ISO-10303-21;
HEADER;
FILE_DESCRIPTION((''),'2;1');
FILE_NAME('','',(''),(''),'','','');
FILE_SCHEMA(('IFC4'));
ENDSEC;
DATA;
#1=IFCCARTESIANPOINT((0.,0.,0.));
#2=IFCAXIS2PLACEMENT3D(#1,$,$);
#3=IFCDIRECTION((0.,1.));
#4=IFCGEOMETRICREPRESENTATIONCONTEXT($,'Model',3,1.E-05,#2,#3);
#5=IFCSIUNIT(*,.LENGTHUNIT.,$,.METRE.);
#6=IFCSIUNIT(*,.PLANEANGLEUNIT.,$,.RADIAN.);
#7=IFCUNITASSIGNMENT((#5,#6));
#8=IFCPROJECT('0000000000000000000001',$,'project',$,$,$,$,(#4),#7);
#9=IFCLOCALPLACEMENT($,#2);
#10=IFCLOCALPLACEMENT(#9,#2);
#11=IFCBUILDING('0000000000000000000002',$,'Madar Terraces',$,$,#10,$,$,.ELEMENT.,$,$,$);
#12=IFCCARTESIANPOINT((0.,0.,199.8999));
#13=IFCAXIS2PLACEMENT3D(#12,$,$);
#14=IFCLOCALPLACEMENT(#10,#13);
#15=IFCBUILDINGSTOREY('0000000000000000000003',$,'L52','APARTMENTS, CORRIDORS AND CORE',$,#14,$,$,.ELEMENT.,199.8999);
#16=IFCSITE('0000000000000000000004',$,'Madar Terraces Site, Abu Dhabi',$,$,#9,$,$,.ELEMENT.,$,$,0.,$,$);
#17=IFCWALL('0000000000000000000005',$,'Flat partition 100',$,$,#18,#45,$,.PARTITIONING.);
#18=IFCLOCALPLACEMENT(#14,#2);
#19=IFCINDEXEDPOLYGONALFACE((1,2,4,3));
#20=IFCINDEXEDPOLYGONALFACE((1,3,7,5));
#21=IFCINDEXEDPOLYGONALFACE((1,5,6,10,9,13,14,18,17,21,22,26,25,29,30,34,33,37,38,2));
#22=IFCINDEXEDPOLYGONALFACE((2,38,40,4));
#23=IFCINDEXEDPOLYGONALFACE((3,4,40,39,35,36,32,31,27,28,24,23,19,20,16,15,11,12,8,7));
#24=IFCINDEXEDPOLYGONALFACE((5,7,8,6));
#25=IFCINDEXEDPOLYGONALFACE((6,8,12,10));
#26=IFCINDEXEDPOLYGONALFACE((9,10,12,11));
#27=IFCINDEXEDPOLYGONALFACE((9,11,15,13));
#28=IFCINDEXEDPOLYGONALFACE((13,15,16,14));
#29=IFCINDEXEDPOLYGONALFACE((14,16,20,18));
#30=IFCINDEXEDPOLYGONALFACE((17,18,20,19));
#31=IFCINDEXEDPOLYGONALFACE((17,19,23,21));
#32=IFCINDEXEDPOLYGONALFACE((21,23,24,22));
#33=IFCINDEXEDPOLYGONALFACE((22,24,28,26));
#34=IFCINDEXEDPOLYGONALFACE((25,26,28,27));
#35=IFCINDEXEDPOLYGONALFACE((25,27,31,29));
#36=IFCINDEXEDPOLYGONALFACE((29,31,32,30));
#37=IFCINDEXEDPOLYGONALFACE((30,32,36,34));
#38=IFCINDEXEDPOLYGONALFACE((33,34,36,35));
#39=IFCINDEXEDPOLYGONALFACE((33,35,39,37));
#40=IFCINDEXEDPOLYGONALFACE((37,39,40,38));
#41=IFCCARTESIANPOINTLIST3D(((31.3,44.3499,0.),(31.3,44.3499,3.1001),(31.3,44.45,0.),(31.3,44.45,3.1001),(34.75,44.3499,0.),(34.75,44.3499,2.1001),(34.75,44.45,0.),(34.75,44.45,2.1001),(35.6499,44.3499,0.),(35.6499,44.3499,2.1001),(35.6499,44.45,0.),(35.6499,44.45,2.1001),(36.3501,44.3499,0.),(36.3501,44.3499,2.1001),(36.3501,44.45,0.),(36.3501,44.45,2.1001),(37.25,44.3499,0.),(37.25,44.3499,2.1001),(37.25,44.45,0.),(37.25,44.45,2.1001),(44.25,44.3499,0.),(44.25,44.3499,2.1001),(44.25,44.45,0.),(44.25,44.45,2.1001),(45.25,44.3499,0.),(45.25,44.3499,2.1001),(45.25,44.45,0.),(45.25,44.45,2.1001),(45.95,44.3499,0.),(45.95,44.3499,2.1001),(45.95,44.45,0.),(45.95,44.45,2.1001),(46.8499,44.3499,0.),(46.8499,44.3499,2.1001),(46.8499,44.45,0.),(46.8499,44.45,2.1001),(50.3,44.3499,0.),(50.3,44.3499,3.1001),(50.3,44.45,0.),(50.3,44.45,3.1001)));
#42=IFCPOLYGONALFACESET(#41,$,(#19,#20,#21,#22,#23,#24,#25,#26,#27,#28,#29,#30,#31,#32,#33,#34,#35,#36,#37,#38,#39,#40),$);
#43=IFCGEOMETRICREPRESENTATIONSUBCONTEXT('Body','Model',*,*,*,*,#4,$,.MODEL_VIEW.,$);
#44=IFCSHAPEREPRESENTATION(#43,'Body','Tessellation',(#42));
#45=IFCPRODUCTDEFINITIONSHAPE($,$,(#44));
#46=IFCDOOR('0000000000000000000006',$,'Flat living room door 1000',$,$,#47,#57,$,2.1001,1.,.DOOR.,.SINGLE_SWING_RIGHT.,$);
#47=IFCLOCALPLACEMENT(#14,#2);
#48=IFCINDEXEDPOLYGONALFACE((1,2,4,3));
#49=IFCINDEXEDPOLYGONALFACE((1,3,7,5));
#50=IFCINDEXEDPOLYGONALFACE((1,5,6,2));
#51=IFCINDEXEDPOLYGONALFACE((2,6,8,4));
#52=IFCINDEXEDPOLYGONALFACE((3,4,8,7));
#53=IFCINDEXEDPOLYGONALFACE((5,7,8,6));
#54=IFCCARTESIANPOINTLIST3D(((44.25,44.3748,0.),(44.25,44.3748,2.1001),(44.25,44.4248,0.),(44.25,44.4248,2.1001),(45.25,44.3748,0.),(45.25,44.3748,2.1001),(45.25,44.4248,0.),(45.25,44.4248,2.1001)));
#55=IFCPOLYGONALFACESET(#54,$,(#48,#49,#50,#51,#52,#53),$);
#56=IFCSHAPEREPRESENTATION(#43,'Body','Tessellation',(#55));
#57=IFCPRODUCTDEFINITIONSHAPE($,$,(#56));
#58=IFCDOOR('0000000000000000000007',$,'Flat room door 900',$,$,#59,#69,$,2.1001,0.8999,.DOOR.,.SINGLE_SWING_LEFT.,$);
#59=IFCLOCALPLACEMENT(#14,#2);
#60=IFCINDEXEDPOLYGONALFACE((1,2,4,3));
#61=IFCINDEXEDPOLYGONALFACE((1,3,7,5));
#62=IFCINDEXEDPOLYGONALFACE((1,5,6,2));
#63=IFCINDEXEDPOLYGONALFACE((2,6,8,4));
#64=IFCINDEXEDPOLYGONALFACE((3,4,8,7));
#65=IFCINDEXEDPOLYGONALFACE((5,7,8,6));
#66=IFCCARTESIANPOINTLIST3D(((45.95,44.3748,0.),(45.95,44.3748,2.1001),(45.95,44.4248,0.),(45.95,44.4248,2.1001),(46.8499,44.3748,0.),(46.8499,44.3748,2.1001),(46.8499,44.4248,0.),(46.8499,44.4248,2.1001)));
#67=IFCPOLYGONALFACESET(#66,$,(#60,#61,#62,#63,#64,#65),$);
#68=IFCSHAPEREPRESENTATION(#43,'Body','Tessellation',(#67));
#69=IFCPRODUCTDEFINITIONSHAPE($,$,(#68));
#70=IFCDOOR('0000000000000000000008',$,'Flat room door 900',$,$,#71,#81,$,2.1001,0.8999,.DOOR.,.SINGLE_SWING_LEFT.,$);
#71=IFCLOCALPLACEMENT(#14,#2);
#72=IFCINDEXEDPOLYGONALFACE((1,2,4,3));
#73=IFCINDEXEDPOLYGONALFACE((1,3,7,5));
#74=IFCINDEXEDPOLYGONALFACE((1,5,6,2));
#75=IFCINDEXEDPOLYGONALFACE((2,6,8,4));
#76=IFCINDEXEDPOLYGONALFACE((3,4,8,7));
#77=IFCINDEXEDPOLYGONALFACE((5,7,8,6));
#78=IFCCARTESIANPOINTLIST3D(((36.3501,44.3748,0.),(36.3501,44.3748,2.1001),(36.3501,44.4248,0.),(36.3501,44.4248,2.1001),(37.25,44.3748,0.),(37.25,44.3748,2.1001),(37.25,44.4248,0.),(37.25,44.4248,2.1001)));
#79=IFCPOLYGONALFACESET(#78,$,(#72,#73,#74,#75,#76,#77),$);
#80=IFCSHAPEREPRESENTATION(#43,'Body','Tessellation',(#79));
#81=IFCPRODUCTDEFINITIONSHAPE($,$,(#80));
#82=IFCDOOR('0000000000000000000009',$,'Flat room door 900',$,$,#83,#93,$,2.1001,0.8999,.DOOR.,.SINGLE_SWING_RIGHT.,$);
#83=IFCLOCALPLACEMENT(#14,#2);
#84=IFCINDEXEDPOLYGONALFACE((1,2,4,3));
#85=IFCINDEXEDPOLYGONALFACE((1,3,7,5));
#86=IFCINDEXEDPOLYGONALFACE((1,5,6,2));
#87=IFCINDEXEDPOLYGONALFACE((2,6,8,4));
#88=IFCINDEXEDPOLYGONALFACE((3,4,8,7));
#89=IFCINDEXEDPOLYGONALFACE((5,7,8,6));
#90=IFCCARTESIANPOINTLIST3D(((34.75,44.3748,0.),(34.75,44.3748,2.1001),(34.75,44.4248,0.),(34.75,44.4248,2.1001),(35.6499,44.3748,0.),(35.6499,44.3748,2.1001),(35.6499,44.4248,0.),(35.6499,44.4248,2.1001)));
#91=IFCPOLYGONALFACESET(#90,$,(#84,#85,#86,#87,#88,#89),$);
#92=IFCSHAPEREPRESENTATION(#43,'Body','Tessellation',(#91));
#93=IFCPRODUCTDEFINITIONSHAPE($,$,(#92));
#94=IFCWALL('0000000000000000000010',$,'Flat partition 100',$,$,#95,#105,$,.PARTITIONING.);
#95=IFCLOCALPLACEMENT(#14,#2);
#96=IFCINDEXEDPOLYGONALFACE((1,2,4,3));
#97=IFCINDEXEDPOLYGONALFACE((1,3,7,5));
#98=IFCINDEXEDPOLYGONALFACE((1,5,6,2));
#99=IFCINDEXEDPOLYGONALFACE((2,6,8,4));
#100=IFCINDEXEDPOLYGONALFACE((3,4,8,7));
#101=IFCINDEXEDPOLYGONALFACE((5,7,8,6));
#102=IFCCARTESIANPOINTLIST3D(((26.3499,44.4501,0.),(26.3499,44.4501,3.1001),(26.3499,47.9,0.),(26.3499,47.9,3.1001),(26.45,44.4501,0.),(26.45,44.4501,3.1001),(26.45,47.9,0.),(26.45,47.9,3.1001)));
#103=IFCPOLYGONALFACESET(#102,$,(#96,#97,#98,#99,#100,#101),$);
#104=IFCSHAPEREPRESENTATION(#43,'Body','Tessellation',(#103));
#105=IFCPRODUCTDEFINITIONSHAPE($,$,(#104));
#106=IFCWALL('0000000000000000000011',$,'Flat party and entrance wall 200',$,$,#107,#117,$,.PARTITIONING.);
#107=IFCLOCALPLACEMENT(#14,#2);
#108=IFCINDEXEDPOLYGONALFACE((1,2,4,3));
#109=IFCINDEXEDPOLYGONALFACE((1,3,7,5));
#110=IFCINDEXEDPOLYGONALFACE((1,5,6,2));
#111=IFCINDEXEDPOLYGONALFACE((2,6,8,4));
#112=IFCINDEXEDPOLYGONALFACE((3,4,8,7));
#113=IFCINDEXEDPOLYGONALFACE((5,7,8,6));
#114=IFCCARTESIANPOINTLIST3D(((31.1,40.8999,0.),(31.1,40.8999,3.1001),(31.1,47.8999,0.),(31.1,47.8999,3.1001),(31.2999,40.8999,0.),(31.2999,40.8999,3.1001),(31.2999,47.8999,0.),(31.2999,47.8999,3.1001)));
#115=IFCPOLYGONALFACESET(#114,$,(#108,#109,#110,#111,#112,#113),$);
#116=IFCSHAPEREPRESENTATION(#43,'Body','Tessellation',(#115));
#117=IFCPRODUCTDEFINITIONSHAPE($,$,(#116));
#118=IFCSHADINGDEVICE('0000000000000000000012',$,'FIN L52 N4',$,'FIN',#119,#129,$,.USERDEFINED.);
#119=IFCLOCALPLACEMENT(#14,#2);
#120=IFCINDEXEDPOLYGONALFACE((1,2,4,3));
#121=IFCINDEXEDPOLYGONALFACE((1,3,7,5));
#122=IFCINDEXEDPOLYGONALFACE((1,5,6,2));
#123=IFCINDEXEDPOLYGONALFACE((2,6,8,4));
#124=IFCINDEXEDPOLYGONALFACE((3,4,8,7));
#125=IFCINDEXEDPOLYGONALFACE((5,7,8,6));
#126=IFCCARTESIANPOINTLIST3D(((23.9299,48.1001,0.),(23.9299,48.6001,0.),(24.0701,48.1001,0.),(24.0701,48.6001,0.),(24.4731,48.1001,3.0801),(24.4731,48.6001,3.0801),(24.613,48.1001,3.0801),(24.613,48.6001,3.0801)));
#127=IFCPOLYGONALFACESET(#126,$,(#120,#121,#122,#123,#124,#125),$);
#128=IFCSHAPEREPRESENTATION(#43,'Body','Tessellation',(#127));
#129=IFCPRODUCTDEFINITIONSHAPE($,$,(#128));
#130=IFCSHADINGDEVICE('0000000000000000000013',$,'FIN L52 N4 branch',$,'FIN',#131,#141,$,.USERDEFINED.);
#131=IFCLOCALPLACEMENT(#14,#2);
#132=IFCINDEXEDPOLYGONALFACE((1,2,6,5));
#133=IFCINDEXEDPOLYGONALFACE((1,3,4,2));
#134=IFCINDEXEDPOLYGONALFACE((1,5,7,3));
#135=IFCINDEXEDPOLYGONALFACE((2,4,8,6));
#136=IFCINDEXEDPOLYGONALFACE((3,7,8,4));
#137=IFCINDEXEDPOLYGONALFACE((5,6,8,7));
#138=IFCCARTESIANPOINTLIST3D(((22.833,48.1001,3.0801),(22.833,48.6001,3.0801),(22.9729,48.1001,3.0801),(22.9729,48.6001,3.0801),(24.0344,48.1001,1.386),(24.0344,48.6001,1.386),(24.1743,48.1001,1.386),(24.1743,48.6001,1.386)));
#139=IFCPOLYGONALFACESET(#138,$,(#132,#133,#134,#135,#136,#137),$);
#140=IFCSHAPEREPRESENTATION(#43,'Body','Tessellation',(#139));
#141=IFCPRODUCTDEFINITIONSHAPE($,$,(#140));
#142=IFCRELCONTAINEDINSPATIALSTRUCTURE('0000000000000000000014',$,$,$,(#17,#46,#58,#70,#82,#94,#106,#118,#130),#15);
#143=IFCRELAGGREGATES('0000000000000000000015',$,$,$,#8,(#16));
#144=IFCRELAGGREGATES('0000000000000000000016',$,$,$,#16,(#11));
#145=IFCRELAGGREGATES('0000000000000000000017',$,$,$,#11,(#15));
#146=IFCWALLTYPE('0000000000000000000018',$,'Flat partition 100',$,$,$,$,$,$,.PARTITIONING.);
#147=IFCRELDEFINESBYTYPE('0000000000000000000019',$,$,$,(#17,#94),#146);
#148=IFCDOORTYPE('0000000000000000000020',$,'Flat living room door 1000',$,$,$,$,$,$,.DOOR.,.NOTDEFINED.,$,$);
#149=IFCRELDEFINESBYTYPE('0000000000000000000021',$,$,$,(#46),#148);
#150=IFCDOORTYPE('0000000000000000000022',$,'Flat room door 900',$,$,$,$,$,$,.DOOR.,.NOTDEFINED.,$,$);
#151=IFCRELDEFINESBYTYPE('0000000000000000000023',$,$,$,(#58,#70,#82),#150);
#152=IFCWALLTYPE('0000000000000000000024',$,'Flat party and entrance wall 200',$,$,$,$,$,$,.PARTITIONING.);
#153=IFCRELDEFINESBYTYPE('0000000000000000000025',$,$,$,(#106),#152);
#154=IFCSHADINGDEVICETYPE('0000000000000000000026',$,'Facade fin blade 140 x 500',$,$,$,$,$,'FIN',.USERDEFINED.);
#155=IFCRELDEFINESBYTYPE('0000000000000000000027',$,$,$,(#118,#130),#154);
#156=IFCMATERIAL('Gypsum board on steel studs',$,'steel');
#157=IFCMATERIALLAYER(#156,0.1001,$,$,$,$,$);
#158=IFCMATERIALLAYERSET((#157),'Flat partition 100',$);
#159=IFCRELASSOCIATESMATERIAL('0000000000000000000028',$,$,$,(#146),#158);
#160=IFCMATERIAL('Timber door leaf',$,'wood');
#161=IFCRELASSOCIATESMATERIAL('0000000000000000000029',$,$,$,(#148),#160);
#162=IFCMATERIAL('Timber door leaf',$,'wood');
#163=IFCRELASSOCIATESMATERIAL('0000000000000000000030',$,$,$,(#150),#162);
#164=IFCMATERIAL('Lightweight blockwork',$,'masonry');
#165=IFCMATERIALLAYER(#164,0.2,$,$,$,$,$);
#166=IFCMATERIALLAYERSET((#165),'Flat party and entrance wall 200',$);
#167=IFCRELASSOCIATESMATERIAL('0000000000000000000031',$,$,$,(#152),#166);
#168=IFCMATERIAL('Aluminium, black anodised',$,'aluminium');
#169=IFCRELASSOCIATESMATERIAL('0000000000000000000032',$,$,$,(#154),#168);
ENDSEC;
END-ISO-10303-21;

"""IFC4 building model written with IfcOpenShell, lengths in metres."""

from ifc_helpers import new_model, si_unit, direction, frame, frame_2d, origin, place, context, subcontext, project, spatial, polyline, rectangle, outline, extrude, material, layer, layer_set, type_object, element, fill, save


model = new_model("IFC4")

# Units and contexts
model_context = context("Model", 3, precision=1e-05, world=origin(), true_north=direction((0.0, 1.0)))
body_context = subcontext(model_context, "Body", "Model", "MODEL_VIEW")
ifc_project = project(units=[si_unit("LENGTHUNIT", "METRE"), si_unit("PLANEANGLEUNIT", "RADIAN")], contexts=[model_context])

# Site, building, storey
site_placement = place(None, origin())
site = spatial("IfcSite", under=ifc_project, at=site_placement, Name="Madar Terraces Site, Abu Dhabi", CompositionType="ELEMENT", RefElevation=0.0)
building_placement = place(site_placement, origin())
building = spatial("IfcBuilding", under=site, at=building_placement, Name="Madar Terraces", CompositionType="ELEMENT")
storey_placement = place(building_placement, frame((0.0, 0.0, 199.8999)))
storey = spatial("IfcBuildingStorey", under=building, at=storey_placement, Name="L52", Description="APARTMENTS, CORRIDORS AND CORE", CompositionType="ELEMENT", Elevation=199.8999)

# Wall, openings, doors
ifc_material_1 = material(Name="Gypsum board on steel studs", Category="steel")
ifc_layer_1 = layer(ifc_material_1, 0.1001)
ifc_layer_set_1 = layer_set([ifc_layer_1], Name="Flat partition 100")
wall_type_1 = type_object("IfcWallType", Name="Flat partition 100", PredefinedType="PARTITIONING", material=ifc_layer_set_1)
wall_1_placement = place(storey_placement, frame((31.3, 44.3999, 0.0), z_axis=(0.0, 0.0, 1.0), x_axis=(1.0, 0.0, 0.0)))
wall_1 = element("IfcWall", 1, at=wall_1_placement, inside=storey, type_object=wall_type_1, Name="Flat partition 100", PredefinedType="PARTITIONING", context=body_context, shape_type="SweptSolid", body=[
    extrude(rectangle(XDim=19.0, YDim=0.1001, at=frame_2d((9.5, 0.0))), origin(), (0.0, 0.0, 1.0), 3.1001),
])
opening_1_placement = place(wall_1_placement, frame((14.6499, 0.0, 0.0)))
opening_1 = element("IfcOpeningElement", 2, at=opening_1_placement, cuts=wall_1, PredefinedType="OPENING", context=body_context, shape_type="SweptSolid", body=[
    extrude(rectangle(XDim=0.8999, YDim=2.1001, at=frame_2d((0.45, 1.05))), frame((0.0, 0.0601, 0.0), z_axis=(0.0, -1.0, 0.0), x_axis=(1.0, 0.0, 0.0)), (0.0, 0.0, 1.0), 0.1201),
])
opening_2_placement = place(wall_1_placement, frame((12.95, 0.0, 0.0)))
opening_2 = element("IfcOpeningElement", 3, at=opening_2_placement, cuts=wall_1, PredefinedType="OPENING", context=body_context, shape_type="SweptSolid", body=[
    extrude(rectangle(XDim=1.0, YDim=2.1001, at=frame_2d((0.5, 1.05))), frame((0.0, 0.0601, 0.0), z_axis=(0.0, -1.0, 0.0), x_axis=(1.0, 0.0, 0.0)), (0.0, 0.0, 1.0), 0.1201),
])
opening_3_placement = place(wall_1_placement, frame((5.05, 0.0, 0.0)))
opening_3 = element("IfcOpeningElement", 4, at=opening_3_placement, cuts=wall_1, PredefinedType="OPENING", context=body_context, shape_type="SweptSolid", body=[
    extrude(rectangle(XDim=0.8999, YDim=2.1001, at=frame_2d((0.45, 1.05))), frame((0.0, 0.0601, 0.0), z_axis=(0.0, -1.0, 0.0), x_axis=(1.0, 0.0, 0.0)), (0.0, 0.0, 1.0), 0.1201),
])
opening_4_placement = place(wall_1_placement, frame((3.45, 0.0, 0.0)))
opening_4 = element("IfcOpeningElement", 5, at=opening_4_placement, cuts=wall_1, PredefinedType="OPENING", context=body_context, shape_type="SweptSolid", body=[
    extrude(rectangle(XDim=0.8999, YDim=2.1001, at=frame_2d((0.45, 1.05))), frame((0.0, 0.0601, 0.0), z_axis=(0.0, -1.0, 0.0), x_axis=(1.0, 0.0, 0.0)), (0.0, 0.0, 1.0), 0.1201),
])
ifc_material_2 = material(Name="Timber door leaf", Category="wood")
door_type_1 = type_object("IfcDoorType", Name="Flat living room door 1000", OperationType="NOTDEFINED", PredefinedType="DOOR", material=ifc_material_2)
door_1_placement = place(opening_2_placement, origin())
door_1 = element("IfcDoor", 6, at=door_1_placement, inside=storey, type_object=door_type_1, Name="Flat living room door 1000", OperationType="SINGLE_SWING_RIGHT", OverallHeight=2.1001, OverallWidth=1.0, PredefinedType="DOOR", context=body_context, shape_type="SweptSolid", body=[
    extrude(rectangle(XDim=1.0, YDim=2.1001, at=frame_2d((0.5, 1.05))), frame((0.0, 0.0249, 0.0), z_axis=(0.0, -1.0, 0.0), x_axis=(1.0, 0.0, 0.0)), (0.0, 0.0, 1.0), 0.05),
])
fill(opening_2, door_1)
ifc_material_3 = material(Name="Timber door leaf", Category="wood")
door_type_2 = type_object("IfcDoorType", Name="Flat room door 900", OperationType="NOTDEFINED", PredefinedType="DOOR", material=ifc_material_3)
door_2_placement = place(opening_1_placement, origin())
door_2 = element("IfcDoor", 7, at=door_2_placement, inside=storey, type_object=door_type_2, Name="Flat room door 900", OperationType="SINGLE_SWING_LEFT", OverallHeight=2.1001, OverallWidth=0.8999, PredefinedType="DOOR", context=body_context, shape_type="SweptSolid", body=[
    extrude(rectangle(XDim=0.8999, YDim=2.1001, at=frame_2d((0.45, 1.05))), frame((0.0, 0.0249, 0.0), z_axis=(0.0, -1.0, 0.0), x_axis=(1.0, 0.0, 0.0)), (0.0, 0.0, 1.0), 0.05),
])
fill(opening_1, door_2)
door_3_placement = place(opening_3_placement, origin())
door_3 = element("IfcDoor", 8, at=door_3_placement, inside=storey, type_object=door_type_2, Name="Flat room door 900", OperationType="SINGLE_SWING_LEFT", OverallHeight=2.1001, OverallWidth=0.8999, PredefinedType="DOOR", context=body_context, shape_type="SweptSolid", body=[
    extrude(rectangle(XDim=0.8999, YDim=2.1001, at=frame_2d((0.45, 1.05))), frame((0.0, 0.0249, 0.0), z_axis=(0.0, -1.0, 0.0), x_axis=(1.0, 0.0, 0.0)), (0.0, 0.0, 1.0), 0.05),
])
fill(opening_3, door_3)
door_4_placement = place(opening_4_placement, origin())
door_4 = element("IfcDoor", 9, at=door_4_placement, inside=storey, type_object=door_type_2, Name="Flat room door 900", OperationType="SINGLE_SWING_RIGHT", OverallHeight=2.1001, OverallWidth=0.8999, PredefinedType="DOOR", context=body_context, shape_type="SweptSolid", body=[
    extrude(rectangle(XDim=0.8999, YDim=2.1001, at=frame_2d((0.45, 1.05))), frame((0.0, 0.0249, 0.0), z_axis=(0.0, -1.0, 0.0), x_axis=(1.0, 0.0, 0.0)), (0.0, 0.0, 1.0), 0.05),
])
fill(opening_4, door_4)

# Walls
wall_2_placement = place(storey_placement, frame((26.3999, 44.45, 0.0), z_axis=(0.0, 0.0, 1.0), x_axis=(0.0, 1.0, 0.0)))
element("IfcWall", 10, at=wall_2_placement, inside=storey, type_object=wall_type_1, Name="Flat partition 100", PredefinedType="PARTITIONING", context=body_context, shape_type="SweptSolid", body=[
    extrude(rectangle(XDim=3.45, YDim=0.1001, at=frame_2d((1.7251, 0.0))), origin(), (0.0, 0.0, 1.0), 3.1001),
])
ifc_material_4 = material(Name="Lightweight blockwork", Category="masonry")
ifc_layer_2 = layer(ifc_material_4, 0.2)
ifc_layer_set_2 = layer_set([ifc_layer_2], Name="Flat party and entrance wall 200")
wall_type_2 = type_object("IfcWallType", Name="Flat party and entrance wall 200", PredefinedType="PARTITIONING", material=ifc_layer_set_2)
wall_3_placement = place(storey_placement, frame((31.2, 47.8999, 0.0), z_axis=(0.0, 0.0, 1.0), x_axis=(0.0, -1.0, 0.0)))
element("IfcWall", 11, at=wall_3_placement, inside=storey, type_object=wall_type_2, Name="Flat party and entrance wall 200", PredefinedType="PARTITIONING", context=body_context, shape_type="SweptSolid", body=[
    extrude(rectangle(XDim=7.0, YDim=0.2, at=frame_2d((3.5, 0.0))), origin(), (0.0, 0.0, 1.0), 3.1001),
])

# Shading devices
ifc_material_5 = material(Name="Aluminium, black anodised", Category="aluminium")
shading_device_type = type_object("IfcShadingDeviceType", Name="Facade fin blade 140 x 500", ElementType="FIN", PredefinedType="USERDEFINED", material=ifc_material_5)
shading_device_1_placement = place(storey_placement, frame((24.0701, 48.3501, 0.0), z_axis=(0.0, 0.0, 1.0), x_axis=(-1.0, 0.0, 0.0)))
element("IfcShadingDevice", 12, at=shading_device_1_placement, inside=storey, type_object=shading_device_type, Name="FIN L52 N4", ObjectType="FIN", PredefinedType="USERDEFINED", context=body_context, shape_type="SweptSolid", body=[
    extrude(outline(polyline([(0.0, 0.0), (0.1401, 0.0), (-0.4031, 3.0801), (-0.543, 3.0801), (0.0, 0.0)])), frame((0.0, 0.25, 0.0), z_axis=(0.0, -1.0, 0.0), x_axis=(1.0, 0.0, 0.0)), (0.0, 0.0, 1.0), 0.5),
])
shading_device_2_placement = place(storey_placement, frame((24.1743, 48.3501, 1.386), z_axis=(0.0, 0.0, 1.0), x_axis=(-1.0, 0.0, 0.0)))
element("IfcShadingDevice", 13, at=shading_device_2_placement, inside=storey, type_object=shading_device_type, Name="FIN L52 N4 branch", ObjectType="FIN", PredefinedType="USERDEFINED", context=body_context, shape_type="SweptSolid", body=[
    extrude(outline(polyline([(0.0, 0.0), (0.1399, 0.0), (1.3413, 1.6941), (1.2014, 1.6941), (0.0, 0.0)])), frame((0.0, 0.25, 0.0), z_axis=(0.0, -1.0, 0.0), x_axis=(1.0, 0.0, 0.0)), (0.0, 0.0, 1.0), 0.5),
])

save(model, "model.ifc")
